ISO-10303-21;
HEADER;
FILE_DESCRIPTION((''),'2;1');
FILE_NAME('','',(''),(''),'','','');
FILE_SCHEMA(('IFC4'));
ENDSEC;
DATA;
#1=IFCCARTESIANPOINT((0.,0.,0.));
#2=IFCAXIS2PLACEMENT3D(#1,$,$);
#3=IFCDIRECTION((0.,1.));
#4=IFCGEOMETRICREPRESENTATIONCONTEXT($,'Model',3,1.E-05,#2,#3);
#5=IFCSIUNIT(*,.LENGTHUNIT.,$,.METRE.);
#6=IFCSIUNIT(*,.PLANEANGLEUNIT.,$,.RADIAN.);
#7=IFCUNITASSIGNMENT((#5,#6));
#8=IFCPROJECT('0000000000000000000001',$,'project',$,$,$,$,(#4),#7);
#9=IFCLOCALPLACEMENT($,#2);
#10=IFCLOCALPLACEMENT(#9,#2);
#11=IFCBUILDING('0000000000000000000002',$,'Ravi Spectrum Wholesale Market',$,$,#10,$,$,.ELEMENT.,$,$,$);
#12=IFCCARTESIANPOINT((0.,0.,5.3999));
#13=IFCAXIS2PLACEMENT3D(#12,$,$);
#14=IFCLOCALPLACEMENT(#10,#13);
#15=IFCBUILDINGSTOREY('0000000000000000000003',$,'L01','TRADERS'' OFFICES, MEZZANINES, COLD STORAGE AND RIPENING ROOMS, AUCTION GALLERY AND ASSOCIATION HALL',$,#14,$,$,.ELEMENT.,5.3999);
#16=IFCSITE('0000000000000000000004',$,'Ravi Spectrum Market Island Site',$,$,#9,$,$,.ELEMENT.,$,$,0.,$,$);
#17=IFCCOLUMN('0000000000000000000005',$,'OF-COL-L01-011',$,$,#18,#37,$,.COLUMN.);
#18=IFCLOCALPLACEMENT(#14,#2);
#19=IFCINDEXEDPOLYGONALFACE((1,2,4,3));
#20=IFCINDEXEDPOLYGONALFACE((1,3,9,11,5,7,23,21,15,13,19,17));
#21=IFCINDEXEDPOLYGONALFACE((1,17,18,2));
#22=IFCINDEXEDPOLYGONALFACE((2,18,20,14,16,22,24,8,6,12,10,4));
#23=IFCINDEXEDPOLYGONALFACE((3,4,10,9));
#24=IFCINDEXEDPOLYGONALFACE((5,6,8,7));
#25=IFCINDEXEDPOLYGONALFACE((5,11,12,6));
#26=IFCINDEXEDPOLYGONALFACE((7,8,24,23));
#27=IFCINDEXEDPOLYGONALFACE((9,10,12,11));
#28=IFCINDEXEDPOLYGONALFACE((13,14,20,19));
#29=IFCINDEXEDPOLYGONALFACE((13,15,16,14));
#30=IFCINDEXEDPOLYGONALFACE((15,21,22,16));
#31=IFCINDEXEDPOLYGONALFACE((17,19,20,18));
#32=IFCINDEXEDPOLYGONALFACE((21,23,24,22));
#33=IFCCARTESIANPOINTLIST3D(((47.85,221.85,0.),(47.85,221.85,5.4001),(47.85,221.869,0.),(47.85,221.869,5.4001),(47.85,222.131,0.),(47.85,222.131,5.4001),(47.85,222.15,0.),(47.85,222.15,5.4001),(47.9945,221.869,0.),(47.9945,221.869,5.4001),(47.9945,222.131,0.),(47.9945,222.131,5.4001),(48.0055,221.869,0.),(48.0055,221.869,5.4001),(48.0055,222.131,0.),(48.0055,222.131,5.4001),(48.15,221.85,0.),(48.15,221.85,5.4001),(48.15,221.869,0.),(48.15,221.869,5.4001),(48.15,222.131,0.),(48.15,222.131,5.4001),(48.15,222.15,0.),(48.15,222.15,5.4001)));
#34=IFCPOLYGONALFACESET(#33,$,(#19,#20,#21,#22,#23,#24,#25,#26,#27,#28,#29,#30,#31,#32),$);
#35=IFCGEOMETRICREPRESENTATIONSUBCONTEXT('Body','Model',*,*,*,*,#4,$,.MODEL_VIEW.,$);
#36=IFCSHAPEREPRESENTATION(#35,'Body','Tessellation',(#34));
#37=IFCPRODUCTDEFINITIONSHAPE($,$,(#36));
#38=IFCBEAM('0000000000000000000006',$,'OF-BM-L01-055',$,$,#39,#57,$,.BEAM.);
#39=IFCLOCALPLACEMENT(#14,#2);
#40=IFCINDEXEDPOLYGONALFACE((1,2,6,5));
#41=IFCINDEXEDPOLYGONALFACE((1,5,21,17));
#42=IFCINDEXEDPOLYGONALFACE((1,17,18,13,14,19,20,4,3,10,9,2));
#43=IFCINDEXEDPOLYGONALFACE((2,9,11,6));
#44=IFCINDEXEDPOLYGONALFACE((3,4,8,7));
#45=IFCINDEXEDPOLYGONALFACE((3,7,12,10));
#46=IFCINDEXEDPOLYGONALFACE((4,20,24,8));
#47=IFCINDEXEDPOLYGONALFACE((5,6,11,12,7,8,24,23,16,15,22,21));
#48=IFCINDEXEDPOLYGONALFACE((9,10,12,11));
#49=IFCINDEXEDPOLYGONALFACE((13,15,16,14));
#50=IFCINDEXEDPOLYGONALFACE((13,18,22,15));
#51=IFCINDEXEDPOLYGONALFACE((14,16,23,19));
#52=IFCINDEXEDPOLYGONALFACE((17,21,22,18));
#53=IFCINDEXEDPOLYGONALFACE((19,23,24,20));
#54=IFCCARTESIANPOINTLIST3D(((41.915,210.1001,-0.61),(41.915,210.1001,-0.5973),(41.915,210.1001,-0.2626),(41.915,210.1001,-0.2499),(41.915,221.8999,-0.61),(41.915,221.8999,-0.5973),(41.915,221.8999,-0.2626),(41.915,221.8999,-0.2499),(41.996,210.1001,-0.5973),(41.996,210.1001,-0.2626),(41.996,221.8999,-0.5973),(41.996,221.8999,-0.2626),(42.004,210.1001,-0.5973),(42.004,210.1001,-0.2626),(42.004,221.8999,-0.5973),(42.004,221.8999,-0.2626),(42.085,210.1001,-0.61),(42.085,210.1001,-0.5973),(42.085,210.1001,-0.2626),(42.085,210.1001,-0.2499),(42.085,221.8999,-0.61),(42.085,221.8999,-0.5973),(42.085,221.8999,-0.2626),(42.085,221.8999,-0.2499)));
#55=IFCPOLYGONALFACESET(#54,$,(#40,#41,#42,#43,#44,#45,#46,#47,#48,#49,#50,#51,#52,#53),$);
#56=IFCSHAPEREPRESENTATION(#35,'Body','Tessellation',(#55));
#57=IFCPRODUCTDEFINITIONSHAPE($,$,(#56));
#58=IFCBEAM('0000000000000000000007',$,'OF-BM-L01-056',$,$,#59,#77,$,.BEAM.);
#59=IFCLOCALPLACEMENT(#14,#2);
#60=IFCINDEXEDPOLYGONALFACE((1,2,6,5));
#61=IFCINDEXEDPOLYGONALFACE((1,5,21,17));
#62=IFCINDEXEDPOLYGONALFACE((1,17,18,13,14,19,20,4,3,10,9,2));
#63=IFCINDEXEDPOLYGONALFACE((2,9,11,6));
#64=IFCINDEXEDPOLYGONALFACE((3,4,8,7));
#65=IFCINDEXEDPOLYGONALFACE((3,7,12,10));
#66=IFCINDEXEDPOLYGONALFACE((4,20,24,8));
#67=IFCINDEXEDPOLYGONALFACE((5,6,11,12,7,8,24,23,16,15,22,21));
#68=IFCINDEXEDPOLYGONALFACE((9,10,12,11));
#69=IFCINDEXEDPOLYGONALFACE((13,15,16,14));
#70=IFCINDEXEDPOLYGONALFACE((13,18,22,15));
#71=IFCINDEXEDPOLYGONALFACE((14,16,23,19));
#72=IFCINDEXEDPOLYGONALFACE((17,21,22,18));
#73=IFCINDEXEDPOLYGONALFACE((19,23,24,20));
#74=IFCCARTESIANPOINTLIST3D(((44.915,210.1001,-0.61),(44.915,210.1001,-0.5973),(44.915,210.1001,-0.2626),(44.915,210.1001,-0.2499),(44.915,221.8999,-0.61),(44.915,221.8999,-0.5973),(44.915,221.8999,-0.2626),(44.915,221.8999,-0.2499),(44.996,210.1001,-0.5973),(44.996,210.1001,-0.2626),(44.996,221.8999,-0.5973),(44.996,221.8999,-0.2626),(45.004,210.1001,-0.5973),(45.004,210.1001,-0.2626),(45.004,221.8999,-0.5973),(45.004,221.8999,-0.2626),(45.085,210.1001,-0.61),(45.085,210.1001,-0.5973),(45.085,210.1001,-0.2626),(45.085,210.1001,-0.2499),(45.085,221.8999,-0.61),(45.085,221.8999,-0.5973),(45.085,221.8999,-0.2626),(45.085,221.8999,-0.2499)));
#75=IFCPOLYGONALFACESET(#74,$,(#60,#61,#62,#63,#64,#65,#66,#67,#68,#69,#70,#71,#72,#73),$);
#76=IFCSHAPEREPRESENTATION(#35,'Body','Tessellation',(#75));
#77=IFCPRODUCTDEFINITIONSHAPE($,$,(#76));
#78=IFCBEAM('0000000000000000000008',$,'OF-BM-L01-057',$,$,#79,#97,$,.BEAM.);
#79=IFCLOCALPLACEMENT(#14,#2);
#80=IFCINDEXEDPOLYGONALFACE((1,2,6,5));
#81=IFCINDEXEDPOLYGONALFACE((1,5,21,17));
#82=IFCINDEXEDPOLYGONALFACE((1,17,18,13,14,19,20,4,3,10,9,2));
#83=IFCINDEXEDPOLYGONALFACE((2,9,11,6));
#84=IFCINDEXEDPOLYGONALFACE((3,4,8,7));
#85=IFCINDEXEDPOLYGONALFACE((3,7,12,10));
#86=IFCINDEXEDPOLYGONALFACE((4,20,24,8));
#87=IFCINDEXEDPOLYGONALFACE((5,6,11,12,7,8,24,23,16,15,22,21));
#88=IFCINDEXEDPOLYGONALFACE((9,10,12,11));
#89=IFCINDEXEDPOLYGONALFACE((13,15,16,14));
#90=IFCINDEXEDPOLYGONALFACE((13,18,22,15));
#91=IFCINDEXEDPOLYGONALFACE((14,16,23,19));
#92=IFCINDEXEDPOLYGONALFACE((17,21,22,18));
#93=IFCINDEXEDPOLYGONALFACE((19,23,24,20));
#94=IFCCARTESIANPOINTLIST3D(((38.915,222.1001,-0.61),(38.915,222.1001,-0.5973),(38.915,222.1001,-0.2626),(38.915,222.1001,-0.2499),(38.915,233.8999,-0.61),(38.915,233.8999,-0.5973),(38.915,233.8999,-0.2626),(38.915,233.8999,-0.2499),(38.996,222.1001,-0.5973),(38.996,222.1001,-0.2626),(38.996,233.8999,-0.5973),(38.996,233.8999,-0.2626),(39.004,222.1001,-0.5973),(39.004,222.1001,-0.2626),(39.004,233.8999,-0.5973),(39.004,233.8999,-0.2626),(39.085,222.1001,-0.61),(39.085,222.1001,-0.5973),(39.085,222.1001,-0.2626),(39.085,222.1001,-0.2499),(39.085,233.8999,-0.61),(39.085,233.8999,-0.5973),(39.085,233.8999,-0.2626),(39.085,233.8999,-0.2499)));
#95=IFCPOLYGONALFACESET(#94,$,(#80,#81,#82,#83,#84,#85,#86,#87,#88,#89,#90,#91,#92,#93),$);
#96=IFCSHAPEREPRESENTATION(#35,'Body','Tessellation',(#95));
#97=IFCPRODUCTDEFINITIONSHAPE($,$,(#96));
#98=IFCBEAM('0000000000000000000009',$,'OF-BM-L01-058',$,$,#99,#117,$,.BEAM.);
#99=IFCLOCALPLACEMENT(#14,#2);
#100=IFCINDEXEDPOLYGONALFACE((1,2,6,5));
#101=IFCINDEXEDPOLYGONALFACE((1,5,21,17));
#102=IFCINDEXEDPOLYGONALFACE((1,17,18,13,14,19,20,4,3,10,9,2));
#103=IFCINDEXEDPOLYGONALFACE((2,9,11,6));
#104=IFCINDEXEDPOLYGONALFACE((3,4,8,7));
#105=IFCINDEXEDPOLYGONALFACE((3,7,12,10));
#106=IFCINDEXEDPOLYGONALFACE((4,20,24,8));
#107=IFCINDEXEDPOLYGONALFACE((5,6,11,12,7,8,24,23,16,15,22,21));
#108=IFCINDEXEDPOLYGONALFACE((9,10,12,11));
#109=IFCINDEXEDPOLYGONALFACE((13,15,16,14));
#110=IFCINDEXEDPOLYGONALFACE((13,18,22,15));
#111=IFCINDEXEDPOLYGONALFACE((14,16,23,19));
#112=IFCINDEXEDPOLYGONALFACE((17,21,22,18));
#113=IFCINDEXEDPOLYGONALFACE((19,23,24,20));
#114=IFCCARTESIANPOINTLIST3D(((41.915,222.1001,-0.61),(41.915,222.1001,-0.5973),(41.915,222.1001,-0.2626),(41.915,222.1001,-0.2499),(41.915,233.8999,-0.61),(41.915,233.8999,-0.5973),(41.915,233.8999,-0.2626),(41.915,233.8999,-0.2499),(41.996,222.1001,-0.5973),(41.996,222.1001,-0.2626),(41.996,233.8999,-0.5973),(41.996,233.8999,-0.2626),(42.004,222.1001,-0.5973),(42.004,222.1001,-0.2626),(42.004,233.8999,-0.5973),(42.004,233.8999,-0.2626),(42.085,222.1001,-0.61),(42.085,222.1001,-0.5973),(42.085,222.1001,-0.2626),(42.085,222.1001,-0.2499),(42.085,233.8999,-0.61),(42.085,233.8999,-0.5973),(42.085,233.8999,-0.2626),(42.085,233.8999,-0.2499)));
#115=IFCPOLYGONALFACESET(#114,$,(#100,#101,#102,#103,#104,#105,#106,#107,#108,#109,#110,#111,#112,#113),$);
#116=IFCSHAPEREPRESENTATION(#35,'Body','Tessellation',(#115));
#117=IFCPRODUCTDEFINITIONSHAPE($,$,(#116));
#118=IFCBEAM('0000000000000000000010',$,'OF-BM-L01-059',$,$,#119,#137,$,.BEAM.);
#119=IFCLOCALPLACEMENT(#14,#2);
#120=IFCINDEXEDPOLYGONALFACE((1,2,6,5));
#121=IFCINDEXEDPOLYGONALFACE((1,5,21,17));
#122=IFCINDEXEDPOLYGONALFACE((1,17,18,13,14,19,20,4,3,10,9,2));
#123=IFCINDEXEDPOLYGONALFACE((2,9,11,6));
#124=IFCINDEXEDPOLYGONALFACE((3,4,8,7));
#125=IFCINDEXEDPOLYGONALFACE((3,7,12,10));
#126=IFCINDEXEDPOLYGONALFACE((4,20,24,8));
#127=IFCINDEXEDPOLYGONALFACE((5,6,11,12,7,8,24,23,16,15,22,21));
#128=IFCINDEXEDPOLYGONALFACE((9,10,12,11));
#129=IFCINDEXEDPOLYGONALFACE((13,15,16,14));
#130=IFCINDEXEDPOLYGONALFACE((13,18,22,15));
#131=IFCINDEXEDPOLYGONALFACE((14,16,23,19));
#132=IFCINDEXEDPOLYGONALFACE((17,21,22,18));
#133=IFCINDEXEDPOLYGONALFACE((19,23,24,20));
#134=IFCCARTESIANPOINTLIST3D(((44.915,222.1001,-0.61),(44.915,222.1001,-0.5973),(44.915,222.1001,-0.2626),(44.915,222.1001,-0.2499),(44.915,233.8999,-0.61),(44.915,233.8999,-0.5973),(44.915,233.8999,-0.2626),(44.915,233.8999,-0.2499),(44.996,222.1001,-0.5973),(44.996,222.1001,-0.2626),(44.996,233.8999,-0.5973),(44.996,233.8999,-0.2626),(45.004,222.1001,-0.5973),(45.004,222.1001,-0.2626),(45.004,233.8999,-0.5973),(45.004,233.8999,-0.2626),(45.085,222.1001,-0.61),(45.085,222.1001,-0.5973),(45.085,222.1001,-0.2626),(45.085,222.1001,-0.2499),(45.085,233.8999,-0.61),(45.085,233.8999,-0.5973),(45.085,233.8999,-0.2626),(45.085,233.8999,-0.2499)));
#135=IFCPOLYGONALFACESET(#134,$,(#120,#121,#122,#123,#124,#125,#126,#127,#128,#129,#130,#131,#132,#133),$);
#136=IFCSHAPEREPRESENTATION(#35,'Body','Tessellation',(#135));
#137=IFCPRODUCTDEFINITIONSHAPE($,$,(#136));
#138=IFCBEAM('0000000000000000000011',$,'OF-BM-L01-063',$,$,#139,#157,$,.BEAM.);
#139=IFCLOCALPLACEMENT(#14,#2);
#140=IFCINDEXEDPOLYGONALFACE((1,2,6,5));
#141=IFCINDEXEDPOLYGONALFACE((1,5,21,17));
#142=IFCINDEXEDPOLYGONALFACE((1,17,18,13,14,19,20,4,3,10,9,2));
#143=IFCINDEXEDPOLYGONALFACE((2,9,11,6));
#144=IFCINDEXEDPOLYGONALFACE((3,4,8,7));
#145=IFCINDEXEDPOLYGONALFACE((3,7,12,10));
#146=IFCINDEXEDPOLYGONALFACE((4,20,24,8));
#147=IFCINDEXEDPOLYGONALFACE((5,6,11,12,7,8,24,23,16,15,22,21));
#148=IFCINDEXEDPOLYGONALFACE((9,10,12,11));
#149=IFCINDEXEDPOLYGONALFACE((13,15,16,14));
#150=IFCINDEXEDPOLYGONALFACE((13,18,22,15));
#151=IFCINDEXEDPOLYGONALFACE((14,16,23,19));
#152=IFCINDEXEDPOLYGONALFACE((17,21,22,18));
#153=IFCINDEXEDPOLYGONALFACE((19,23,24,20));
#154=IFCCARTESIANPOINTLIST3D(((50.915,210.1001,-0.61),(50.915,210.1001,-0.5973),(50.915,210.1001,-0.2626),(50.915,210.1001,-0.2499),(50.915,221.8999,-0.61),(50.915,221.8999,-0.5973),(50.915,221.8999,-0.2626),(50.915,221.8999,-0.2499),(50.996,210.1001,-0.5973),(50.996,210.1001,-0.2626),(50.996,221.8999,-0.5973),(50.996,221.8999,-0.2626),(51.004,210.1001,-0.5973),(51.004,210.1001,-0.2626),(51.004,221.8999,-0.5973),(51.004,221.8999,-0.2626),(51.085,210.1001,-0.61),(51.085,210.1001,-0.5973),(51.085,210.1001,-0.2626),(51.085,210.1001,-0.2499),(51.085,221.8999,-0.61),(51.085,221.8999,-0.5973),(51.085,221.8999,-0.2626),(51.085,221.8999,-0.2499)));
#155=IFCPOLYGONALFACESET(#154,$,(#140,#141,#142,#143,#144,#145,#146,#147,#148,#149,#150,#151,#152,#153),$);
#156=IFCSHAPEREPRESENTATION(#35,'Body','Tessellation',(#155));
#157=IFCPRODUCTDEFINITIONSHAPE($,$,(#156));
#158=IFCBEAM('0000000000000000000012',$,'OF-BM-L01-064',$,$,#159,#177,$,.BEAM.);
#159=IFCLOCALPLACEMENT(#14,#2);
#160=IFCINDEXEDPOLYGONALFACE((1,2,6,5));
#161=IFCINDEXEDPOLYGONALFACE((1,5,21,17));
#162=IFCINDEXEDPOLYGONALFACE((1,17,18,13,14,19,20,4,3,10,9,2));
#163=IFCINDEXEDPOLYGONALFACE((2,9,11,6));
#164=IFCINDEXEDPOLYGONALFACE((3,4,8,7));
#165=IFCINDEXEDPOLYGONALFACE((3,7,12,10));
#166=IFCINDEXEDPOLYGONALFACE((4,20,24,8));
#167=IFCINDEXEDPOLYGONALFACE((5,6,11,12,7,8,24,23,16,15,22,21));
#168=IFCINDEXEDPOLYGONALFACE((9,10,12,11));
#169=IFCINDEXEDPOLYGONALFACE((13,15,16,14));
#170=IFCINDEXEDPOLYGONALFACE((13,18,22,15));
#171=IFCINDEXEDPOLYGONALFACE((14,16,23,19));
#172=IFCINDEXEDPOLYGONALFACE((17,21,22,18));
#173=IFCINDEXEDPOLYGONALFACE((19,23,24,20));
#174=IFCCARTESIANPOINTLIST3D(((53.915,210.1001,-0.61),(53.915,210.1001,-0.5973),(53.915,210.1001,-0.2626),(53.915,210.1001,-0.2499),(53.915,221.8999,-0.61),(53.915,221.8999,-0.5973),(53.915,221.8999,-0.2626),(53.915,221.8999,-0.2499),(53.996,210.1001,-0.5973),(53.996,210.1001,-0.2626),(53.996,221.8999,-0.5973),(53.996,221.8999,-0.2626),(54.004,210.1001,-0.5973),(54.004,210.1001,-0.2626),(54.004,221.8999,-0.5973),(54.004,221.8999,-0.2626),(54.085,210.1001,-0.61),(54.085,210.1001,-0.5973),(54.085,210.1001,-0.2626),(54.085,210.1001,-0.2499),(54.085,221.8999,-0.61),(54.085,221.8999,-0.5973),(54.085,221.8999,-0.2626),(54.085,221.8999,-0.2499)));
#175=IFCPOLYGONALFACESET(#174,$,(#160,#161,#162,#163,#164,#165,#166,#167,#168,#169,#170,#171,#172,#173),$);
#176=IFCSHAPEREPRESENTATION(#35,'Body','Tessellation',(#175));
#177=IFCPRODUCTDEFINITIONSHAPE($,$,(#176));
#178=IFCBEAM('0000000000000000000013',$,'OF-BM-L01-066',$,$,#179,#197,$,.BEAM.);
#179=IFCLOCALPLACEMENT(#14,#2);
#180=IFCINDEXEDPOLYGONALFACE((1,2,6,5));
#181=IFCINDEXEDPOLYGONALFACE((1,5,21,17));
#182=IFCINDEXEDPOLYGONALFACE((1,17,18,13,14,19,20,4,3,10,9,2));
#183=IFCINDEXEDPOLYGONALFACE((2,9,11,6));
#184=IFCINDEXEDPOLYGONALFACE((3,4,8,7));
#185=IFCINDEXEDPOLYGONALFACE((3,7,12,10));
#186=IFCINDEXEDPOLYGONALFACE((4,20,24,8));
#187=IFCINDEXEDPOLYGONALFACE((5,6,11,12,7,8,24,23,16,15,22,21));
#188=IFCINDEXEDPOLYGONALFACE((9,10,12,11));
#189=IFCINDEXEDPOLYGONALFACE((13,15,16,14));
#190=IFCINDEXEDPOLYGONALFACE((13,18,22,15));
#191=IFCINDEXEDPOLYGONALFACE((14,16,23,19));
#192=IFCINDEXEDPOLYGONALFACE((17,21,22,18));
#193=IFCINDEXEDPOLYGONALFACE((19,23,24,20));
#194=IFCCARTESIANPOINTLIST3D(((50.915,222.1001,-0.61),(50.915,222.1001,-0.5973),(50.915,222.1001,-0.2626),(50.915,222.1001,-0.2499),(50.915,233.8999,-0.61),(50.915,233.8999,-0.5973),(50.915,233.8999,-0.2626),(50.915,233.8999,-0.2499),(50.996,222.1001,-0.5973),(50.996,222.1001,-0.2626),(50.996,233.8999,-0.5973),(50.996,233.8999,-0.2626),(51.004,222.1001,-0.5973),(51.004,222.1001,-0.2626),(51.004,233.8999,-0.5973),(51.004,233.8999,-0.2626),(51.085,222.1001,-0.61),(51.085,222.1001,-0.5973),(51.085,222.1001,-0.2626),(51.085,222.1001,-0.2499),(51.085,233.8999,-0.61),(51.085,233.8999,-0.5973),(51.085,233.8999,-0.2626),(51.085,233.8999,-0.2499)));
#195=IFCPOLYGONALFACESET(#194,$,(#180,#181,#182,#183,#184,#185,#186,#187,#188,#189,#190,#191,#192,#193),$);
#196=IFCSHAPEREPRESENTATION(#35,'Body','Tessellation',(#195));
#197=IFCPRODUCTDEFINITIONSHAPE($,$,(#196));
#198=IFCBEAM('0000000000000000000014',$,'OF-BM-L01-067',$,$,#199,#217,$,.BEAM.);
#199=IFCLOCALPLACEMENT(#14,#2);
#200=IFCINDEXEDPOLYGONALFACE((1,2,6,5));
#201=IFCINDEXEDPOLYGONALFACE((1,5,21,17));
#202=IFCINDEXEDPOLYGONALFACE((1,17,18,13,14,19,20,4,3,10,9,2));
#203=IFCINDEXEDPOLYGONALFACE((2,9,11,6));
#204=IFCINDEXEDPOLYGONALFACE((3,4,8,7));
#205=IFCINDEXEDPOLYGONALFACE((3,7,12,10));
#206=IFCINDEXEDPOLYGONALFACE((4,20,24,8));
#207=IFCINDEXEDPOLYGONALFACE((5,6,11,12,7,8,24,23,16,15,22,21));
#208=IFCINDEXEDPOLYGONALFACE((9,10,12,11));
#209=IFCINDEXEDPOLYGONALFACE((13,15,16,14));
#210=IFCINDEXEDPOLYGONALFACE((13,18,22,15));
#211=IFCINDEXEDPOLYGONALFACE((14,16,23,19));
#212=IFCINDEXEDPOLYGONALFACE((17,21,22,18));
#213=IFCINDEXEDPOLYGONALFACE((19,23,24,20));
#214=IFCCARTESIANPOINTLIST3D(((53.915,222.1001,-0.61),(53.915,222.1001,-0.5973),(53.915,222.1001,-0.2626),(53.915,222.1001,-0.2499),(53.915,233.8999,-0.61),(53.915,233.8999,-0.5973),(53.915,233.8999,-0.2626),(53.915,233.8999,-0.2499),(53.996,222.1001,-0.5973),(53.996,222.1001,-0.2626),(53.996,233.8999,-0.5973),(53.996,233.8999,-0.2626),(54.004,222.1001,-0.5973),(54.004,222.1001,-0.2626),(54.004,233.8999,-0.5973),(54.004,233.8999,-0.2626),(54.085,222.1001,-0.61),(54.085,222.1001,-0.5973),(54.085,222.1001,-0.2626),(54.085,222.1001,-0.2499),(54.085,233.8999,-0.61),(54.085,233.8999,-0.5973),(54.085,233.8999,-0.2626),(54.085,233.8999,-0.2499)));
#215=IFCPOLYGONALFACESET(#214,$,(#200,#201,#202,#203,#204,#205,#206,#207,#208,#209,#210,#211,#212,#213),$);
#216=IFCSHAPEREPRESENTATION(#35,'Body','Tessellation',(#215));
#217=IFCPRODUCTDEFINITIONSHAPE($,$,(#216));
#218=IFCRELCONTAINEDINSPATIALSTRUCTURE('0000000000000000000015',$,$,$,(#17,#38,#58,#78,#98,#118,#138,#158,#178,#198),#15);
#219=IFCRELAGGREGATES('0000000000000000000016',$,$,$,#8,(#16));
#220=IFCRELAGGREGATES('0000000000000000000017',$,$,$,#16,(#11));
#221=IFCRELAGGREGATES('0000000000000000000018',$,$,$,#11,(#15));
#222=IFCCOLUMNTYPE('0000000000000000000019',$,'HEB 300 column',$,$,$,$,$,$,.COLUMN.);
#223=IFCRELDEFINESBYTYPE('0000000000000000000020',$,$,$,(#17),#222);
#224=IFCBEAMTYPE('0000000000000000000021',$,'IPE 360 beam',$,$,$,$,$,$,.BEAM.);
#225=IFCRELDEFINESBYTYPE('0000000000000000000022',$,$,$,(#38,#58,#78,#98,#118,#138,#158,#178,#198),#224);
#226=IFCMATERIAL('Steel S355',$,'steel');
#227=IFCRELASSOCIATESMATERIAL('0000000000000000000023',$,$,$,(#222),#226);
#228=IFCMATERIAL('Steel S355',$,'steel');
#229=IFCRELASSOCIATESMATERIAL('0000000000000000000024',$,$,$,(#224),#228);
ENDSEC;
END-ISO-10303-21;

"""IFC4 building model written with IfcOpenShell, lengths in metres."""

from ifc_helpers import new_model, si_unit, direction, frame, origin, origin_2d, place, context, subcontext, project, spatial, i_section, extrude, material, material_profile, profile_set, type_object, element, save


model = new_model("IFC4")

# Units and contexts
model_context = context("Model", 3, precision=1e-05, world=origin(), true_north=direction((0.0, 1.0)))
body_context = subcontext(model_context, "Body", "Model", "MODEL_VIEW")
ifc_project = project(units=[si_unit("LENGTHUNIT", "METRE"), si_unit("PLANEANGLEUNIT", "RADIAN")], contexts=[model_context])

# Site, building, storey
site_placement = place(None, origin())
site = spatial("IfcSite", under=ifc_project, at=site_placement, Name="Ravi Spectrum Market Island Site", CompositionType="ELEMENT", RefElevation=0.0)
building_placement = place(site_placement, origin())
building = spatial("IfcBuilding", under=site, at=building_placement, Name="Ravi Spectrum Wholesale Market", CompositionType="ELEMENT")
storey_placement = place(building_placement, frame((0.0, 0.0, 5.3999)))
storey = spatial("IfcBuildingStorey", under=building, at=storey_placement, Name="L01", Description="TRADERS' OFFICES, MEZZANINES, COLD STORAGE AND RIPENING ROOMS, AUCTION GALLERY AND ASSOCIATION HALL", CompositionType="ELEMENT", Elevation=5.3999)

# Column
ifc_material_1 = material(Name="Steel S355", Category="steel")
ifc_material_profile_1 = material_profile(ifc_material_1, i_section(OverallWidth=0.3, OverallDepth=0.3, WebThickness=0.011, FlangeThickness=0.019, at=origin_2d()))
ifc_profile_set_1 = profile_set([ifc_material_profile_1], Name="Steel S355")
column_type = type_object("IfcColumnType", Name="HEB 300 column", PredefinedType="COLUMN", material=ifc_profile_set_1)
column_placement = place(storey_placement, frame((48.0, 222.0, 0.0), z_axis=(0.0, 0.0, 1.0), x_axis=(1.0, 0.0, 0.0)))
element("IfcColumn", 1, at=column_placement, inside=storey, type_object=column_type, Name="OF-COL-L01-011", PredefinedType="COLUMN", context=body_context, shape_type="SweptSolid", body=[
    extrude(i_section(OverallWidth=0.3, OverallDepth=0.3, WebThickness=0.011, FlangeThickness=0.019, at=origin_2d()), origin(), (0.0, 0.0, 1.0), 5.4001),
])

# Beams
ifc_material_2 = material(Name="Steel S355", Category="steel")
ifc_material_profile_2 = material_profile(ifc_material_2, i_section(OverallWidth=0.1699, OverallDepth=0.3601, WebThickness=0.0081, FlangeThickness=0.0127, at=origin_2d()))
ifc_profile_set_2 = profile_set([ifc_material_profile_2], Name="Steel S355")
beam_type_1 = type_object("IfcBeamType", Name="IPE 360 beam", PredefinedType="BEAM", material=ifc_profile_set_2)
for number, where, z_axis, x_axis, name in (
    (2, (42.0, 210.1001, -0.4299), (0.0, 1.0, 0.0), (-1.0, 0.0, 0.0), "OF-BM-L01-055"),
    (3, (45.0, 210.1001, -0.4299), (0.0, 1.0, 0.0), (-1.0, 0.0, 0.0), "OF-BM-L01-056"),
    (4, (39.0, 222.1001, -0.4299), (0.0, 1.0, 0.0), (-1.0, 0.0, 0.0), "OF-BM-L01-057"),
    (5, (42.0, 222.1001, -0.4299), (0.0, 1.0, 0.0), (-1.0, 0.0, 0.0), "OF-BM-L01-058"),
    (6, (45.0, 222.1001, -0.4299), (0.0, 1.0, 0.0), (-1.0, 0.0, 0.0), "OF-BM-L01-059"),
    (7, (51.0, 210.1001, -0.4299), (0.0, 1.0, 0.0), (-1.0, 0.0, 0.0), "OF-BM-L01-063"),
    (8, (54.0, 210.1001, -0.4299), (0.0, 1.0, 0.0), (-1.0, 0.0, 0.0), "OF-BM-L01-064"),
    (9, (51.0, 222.1001, -0.4299), (0.0, 1.0, 0.0), (-1.0, 0.0, 0.0), "OF-BM-L01-066"),
    (10, (54.0, 222.1001, -0.4299), (0.0, 1.0, 0.0), (-1.0, 0.0, 0.0), "OF-BM-L01-067"),
):
    element("IfcBeam", number, at=place(storey_placement, frame(where, z_axis=z_axis, x_axis=x_axis)), inside=storey, type_object=beam_type_1, Name=name, PredefinedType="BEAM", context=body_context, shape_type="SweptSolid", body=[
        extrude(i_section(OverallWidth=0.1699, OverallDepth=0.3601, WebThickness=0.0081, FlangeThickness=0.0127, at=origin_2d()), origin(), (0.0, 0.0, 1.0), 11.7998),
    ])

save(model, "model.ifc")
